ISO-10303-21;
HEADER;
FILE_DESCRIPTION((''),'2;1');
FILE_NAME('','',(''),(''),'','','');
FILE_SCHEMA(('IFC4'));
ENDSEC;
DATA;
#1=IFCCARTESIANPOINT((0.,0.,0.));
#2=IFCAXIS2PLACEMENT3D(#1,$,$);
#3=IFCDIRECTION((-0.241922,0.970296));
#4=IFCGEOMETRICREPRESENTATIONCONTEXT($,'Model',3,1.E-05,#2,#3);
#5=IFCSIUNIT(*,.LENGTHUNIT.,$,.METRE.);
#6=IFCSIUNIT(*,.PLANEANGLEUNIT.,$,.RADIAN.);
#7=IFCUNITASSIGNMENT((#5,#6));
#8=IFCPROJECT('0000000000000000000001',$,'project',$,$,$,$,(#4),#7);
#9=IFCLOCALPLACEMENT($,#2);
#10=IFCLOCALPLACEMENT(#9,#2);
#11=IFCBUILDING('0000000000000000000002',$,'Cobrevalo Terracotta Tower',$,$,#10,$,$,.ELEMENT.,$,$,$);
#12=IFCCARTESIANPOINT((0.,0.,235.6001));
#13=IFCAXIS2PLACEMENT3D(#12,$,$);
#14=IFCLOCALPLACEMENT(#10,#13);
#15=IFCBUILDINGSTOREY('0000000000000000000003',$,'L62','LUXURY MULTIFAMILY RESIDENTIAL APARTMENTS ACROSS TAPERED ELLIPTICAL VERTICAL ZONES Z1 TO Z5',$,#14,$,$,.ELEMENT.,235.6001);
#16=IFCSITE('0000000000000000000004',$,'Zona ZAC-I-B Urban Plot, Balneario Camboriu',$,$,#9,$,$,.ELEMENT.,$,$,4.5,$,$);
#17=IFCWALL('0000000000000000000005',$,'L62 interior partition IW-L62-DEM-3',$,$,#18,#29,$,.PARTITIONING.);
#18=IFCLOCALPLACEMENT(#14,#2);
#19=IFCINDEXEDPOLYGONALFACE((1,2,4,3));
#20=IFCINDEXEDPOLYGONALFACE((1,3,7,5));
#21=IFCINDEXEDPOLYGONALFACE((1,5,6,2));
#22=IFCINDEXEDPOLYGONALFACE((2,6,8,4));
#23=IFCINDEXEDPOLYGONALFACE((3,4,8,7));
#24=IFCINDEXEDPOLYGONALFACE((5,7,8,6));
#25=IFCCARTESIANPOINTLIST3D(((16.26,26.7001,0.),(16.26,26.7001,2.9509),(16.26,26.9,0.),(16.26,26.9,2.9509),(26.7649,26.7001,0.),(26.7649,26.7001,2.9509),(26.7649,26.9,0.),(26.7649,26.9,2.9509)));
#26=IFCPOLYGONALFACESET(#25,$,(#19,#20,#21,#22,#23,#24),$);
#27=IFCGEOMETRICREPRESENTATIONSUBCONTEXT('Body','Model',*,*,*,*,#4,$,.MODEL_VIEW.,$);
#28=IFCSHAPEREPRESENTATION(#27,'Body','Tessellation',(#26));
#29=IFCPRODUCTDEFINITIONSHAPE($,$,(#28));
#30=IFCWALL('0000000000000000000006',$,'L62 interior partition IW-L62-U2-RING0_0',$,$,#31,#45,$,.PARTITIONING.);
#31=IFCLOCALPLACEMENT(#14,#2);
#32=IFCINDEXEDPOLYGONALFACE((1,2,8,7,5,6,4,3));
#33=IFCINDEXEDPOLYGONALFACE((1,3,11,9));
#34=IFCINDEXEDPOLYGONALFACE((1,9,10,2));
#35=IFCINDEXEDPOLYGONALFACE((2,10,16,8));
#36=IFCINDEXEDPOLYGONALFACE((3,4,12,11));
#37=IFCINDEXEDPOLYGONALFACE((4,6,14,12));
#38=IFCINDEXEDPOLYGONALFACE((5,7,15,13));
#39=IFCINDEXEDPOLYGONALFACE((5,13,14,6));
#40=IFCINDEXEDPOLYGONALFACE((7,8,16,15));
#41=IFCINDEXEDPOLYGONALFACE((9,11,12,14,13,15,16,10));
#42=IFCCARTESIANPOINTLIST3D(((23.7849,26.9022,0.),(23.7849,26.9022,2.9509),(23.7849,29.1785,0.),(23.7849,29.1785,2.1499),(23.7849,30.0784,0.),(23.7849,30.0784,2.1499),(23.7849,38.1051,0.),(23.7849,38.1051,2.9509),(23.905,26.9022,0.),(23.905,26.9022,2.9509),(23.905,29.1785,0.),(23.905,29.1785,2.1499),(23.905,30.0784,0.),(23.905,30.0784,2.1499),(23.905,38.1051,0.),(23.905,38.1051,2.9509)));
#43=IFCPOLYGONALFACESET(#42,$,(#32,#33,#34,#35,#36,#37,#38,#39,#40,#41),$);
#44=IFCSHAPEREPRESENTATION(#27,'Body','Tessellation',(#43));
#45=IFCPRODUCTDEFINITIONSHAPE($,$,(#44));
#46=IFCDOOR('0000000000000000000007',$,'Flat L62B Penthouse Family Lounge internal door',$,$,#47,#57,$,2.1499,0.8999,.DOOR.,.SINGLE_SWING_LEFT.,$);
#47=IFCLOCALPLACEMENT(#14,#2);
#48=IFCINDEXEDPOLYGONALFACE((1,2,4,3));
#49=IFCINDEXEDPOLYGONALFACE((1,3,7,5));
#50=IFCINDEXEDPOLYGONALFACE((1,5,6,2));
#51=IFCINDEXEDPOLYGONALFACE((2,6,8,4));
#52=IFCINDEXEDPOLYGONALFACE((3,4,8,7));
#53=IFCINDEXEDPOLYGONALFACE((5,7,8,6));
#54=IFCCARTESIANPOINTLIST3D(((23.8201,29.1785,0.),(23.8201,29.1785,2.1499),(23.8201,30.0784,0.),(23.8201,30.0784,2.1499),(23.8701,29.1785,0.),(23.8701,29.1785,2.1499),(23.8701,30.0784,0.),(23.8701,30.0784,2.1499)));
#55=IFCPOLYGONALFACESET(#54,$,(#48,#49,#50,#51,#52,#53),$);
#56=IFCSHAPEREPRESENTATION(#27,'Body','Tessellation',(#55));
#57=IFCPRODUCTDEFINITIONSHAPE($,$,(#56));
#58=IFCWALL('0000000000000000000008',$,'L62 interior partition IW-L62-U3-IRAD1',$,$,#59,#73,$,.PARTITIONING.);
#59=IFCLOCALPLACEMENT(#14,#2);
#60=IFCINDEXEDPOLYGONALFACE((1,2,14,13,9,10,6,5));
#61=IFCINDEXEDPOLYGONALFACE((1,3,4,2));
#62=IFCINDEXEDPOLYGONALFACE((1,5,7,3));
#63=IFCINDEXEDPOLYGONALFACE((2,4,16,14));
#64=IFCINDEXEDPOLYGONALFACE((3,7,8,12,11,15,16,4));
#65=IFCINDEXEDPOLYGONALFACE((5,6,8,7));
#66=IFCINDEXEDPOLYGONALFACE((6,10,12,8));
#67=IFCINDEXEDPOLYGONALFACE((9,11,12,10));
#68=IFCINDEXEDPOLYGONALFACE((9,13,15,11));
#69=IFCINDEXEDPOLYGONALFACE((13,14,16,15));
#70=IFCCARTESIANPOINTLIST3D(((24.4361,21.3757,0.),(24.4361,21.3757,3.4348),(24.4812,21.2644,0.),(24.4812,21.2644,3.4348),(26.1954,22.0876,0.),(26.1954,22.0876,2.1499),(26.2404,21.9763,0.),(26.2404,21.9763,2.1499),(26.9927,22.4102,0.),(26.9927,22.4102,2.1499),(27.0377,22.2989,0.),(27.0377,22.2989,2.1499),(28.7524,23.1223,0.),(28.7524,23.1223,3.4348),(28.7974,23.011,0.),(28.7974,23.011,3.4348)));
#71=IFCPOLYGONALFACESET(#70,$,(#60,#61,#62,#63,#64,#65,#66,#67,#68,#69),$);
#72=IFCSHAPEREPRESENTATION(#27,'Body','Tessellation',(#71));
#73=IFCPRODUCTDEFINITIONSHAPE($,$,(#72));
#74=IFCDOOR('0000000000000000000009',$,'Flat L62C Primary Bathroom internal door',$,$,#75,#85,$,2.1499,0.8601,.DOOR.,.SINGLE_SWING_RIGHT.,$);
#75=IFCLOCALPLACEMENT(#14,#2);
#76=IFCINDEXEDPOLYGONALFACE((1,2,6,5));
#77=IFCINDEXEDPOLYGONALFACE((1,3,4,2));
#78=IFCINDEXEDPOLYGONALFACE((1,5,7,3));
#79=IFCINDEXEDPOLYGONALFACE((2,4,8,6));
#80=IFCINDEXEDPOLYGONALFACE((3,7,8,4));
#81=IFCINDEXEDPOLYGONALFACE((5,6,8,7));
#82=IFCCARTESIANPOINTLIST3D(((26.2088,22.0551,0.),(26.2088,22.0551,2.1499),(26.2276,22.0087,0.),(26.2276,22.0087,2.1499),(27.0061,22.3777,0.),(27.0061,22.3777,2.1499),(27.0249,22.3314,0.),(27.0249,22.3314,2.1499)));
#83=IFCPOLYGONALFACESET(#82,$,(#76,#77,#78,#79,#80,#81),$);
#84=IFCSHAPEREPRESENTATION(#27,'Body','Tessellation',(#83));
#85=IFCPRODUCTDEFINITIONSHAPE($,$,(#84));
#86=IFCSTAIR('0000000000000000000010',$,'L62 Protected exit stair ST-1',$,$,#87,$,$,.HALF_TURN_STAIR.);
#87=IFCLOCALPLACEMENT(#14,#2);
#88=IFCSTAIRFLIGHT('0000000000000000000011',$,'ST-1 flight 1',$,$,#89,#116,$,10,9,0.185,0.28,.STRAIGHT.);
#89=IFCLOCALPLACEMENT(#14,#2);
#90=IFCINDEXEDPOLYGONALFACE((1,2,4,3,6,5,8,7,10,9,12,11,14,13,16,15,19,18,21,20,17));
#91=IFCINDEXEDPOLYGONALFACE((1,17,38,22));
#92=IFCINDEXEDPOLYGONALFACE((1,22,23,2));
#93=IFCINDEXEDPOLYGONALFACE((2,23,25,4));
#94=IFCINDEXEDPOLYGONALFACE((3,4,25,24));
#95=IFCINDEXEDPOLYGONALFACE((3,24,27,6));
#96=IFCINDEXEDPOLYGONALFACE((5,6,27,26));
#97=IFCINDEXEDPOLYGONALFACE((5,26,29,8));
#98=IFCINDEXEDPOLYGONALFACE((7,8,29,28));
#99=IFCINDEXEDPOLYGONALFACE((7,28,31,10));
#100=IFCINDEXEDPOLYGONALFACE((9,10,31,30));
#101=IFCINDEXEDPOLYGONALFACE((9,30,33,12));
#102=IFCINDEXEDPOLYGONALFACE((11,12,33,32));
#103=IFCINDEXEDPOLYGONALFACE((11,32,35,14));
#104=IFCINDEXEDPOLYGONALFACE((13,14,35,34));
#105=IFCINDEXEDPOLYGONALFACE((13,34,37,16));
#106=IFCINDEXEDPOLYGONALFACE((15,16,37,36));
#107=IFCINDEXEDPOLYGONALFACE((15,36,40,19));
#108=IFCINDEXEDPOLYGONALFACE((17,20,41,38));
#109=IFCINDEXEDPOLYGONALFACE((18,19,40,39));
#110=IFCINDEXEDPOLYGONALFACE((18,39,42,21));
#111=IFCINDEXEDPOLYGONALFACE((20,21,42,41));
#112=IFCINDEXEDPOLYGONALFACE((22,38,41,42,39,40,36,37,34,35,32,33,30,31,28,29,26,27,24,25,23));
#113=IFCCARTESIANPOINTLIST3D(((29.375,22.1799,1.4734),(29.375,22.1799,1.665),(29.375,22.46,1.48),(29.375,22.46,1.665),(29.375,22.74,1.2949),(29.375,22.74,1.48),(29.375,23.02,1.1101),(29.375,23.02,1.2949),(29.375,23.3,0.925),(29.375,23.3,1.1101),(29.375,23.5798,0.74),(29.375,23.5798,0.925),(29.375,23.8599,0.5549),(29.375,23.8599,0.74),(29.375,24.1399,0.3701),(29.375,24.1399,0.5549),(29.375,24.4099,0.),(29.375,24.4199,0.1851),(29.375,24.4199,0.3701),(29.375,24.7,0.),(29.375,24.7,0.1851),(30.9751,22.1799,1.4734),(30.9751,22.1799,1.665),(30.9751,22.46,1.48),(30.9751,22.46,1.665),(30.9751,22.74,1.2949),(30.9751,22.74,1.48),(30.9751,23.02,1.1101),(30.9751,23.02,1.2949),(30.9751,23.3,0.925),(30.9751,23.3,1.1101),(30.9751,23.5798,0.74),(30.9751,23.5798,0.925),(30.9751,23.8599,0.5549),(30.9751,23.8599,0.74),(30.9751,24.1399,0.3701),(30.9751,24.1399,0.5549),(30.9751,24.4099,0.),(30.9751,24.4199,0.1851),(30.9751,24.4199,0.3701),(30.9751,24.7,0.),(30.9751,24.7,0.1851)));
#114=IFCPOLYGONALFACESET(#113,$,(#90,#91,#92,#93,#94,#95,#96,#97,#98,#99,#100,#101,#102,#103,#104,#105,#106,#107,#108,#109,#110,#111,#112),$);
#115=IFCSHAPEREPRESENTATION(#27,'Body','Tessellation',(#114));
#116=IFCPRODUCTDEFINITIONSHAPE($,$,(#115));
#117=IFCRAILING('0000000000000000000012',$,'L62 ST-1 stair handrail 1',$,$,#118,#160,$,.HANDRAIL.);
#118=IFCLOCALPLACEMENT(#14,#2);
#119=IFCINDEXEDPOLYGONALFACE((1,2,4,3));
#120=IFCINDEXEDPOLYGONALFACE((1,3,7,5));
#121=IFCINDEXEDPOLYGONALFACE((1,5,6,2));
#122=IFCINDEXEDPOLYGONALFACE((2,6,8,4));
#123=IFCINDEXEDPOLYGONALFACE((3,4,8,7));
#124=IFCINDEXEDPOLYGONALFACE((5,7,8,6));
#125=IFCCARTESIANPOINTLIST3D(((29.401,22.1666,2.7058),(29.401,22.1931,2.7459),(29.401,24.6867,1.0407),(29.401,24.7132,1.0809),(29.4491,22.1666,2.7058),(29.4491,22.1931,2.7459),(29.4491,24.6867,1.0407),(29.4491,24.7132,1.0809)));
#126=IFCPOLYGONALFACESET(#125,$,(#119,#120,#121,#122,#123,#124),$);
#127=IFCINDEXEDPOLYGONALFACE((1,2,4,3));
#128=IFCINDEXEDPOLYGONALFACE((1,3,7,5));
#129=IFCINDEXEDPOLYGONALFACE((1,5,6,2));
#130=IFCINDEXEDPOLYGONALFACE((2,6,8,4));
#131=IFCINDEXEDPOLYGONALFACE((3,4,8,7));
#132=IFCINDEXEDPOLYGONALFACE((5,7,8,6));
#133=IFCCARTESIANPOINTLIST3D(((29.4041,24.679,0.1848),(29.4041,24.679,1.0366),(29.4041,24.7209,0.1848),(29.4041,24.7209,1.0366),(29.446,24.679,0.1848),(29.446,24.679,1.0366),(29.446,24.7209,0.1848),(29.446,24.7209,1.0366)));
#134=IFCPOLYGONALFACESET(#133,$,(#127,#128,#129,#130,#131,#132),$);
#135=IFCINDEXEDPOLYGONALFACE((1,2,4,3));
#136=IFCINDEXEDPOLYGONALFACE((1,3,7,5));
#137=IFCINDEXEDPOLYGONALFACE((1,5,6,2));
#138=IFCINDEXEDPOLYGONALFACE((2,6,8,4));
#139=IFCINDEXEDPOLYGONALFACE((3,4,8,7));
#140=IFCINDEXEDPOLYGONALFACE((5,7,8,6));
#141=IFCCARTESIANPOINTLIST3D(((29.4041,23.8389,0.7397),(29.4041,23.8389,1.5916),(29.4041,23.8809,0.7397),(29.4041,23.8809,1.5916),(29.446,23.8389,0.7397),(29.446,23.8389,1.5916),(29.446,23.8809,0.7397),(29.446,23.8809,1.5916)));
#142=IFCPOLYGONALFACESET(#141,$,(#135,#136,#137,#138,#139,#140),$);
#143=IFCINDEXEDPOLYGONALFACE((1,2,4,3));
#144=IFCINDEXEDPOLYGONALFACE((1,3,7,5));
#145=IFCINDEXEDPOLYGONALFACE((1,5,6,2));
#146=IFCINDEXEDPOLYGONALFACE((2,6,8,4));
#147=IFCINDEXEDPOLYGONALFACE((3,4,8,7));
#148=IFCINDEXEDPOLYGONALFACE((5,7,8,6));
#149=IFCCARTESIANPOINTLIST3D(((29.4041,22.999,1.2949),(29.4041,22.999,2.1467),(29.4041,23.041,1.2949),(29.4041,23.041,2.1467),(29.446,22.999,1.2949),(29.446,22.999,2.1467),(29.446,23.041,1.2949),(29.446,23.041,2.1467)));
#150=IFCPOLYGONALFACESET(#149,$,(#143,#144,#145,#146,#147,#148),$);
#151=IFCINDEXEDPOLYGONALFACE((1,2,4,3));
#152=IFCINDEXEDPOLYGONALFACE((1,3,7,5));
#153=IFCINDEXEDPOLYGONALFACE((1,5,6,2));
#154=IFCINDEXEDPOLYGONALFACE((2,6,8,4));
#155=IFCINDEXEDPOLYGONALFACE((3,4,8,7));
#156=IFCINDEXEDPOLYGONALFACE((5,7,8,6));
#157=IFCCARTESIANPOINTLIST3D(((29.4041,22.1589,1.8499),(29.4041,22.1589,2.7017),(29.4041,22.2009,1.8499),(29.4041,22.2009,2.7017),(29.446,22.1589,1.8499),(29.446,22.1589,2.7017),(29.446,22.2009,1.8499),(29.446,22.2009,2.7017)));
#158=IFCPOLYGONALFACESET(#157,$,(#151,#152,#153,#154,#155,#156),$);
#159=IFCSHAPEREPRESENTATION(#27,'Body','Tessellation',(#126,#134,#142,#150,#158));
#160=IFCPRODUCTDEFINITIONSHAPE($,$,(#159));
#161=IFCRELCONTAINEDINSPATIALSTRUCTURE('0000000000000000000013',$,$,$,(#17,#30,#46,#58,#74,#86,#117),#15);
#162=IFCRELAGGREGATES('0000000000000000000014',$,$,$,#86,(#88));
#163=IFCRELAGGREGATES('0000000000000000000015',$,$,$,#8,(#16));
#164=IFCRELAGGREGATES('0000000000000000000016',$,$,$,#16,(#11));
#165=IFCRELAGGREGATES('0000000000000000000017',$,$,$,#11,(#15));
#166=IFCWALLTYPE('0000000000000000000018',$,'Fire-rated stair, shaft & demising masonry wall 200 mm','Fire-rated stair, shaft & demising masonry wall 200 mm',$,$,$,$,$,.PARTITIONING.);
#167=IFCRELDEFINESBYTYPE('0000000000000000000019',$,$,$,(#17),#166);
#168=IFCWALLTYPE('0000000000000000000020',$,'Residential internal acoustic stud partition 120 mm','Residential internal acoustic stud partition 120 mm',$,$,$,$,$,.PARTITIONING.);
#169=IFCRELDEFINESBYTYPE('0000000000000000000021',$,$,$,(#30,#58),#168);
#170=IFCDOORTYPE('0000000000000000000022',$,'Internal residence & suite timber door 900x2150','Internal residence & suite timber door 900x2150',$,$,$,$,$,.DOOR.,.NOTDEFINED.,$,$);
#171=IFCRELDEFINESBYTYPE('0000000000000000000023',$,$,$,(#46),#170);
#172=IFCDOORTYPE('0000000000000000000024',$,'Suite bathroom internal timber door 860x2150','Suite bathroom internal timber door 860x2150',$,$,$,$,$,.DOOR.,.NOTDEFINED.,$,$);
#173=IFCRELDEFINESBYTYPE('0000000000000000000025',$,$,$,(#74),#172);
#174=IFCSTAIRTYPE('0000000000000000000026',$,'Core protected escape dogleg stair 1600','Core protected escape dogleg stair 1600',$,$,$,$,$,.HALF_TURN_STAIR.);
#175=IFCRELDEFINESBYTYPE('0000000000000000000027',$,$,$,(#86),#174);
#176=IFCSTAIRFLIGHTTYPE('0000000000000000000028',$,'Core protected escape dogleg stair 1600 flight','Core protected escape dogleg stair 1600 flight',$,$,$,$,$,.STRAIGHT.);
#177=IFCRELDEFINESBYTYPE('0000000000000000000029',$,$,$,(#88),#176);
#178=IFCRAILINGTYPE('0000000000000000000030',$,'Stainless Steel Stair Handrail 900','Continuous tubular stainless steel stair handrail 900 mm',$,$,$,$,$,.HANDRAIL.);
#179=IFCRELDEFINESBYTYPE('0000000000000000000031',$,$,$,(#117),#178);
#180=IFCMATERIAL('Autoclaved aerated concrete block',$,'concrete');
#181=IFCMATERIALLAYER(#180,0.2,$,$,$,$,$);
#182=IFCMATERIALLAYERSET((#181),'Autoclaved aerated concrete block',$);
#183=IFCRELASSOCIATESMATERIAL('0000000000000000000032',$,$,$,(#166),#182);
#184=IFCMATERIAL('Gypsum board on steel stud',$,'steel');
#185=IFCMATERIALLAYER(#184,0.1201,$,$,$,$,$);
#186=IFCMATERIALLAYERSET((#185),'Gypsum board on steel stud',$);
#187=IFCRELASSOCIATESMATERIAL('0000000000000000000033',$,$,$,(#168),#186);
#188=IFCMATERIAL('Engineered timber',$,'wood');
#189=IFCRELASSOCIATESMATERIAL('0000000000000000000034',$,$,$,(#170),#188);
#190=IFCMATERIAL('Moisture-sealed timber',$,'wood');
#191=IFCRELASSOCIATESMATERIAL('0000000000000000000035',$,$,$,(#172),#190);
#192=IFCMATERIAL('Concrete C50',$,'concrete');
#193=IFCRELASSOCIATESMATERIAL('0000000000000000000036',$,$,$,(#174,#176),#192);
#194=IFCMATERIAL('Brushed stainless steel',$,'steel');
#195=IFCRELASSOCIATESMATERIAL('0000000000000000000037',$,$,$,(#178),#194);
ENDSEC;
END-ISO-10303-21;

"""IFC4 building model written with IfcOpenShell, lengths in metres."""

from ifc_helpers import new_model, si_unit, direction, frame, frame_2d, origin, origin_2d, place, context, subcontext, project, spatial, polyline, rectangle, outline, extrude, source, transform, mapped, material, layer, layer_set, type_object, element, fill, aggregate, save


model = new_model("IFC4")

# Units and contexts
model_context = context("Model", 3, precision=1e-05, world=origin(), true_north=direction((-0.241922, 0.970296)))
body_context = subcontext(model_context, "Body", "Model", "MODEL_VIEW")
ifc_project = project(units=[si_unit("LENGTHUNIT", "METRE"), si_unit("PLANEANGLEUNIT", "RADIAN")], contexts=[model_context])

# Site, building, storey
site_placement = place(None, origin())
site = spatial("IfcSite", under=ifc_project, at=site_placement, Name="Zona ZAC-I-B Urban Plot, Balneario Camboriu", CompositionType="ELEMENT", RefElevation=4.5)
building_placement = place(site_placement, origin())
building = spatial("IfcBuilding", under=site, at=building_placement, Name="Cobrevalo Terracotta Tower", CompositionType="ELEMENT")
storey_placement = place(building_placement, frame((0.0, 0.0, 235.6001)))
storey = spatial("IfcBuildingStorey", under=building, at=storey_placement, Name="L62", Description="LUXURY MULTIFAMILY RESIDENTIAL APARTMENTS ACROSS TAPERED ELLIPTICAL VERTICAL ZONES Z1 TO Z5", CompositionType="ELEMENT", Elevation=235.6001)

# Shared definitions
ifc_material_1 = material(Name="Gypsum board on steel stud", Category="steel")

# Shared definitions
ifc_material_2 = material(Name="Brushed stainless steel", Category="steel")

# Wall
ifc_material_3 = material(Name="Autoclaved aerated concrete block", Category="concrete")
ifc_layer_1 = layer(ifc_material_3, 0.2)
ifc_layer_set_1 = layer_set([ifc_layer_1], Name="Autoclaved aerated concrete block")
wall_type_1 = type_object("IfcWallType", Name="Fire-rated stair, shaft & demising masonry wall 200 mm", Description="Fire-rated stair, shaft & demising masonry wall 200 mm", PredefinedType="PARTITIONING", material=ifc_layer_set_1)
wall_1_placement = place(storey_placement, frame((26.7649, 26.8, 0.0), z_axis=(0.0, 0.0, 1.0), x_axis=(-1.0, 0.0, 0.0)))
element("IfcWall", 1, at=wall_1_placement, inside=storey, type_object=wall_type_1, Name="L62 interior partition IW-L62-DEM-3", PredefinedType="PARTITIONING", context=body_context, shape_type="SweptSolid", body=[
    extrude(rectangle(XDim=10.5049, YDim=0.2, at=frame_2d((5.2524, 0.0))), origin(), (0.0, 0.0, 1.0), 2.9509),
])

# Walls, openings, doors
ifc_layer_2 = layer(ifc_material_1, 0.1201)
ifc_layer_set_2 = layer_set([ifc_layer_2], Name="Gypsum board on steel stud")
wall_type_2 = type_object("IfcWallType", Name="Residential internal acoustic stud partition 120 mm", Description="Residential internal acoustic stud partition 120 mm", PredefinedType="PARTITIONING", material=ifc_layer_set_2)
wall_2_placement = place(storey_placement, frame((23.845, 26.9021, 0.0), z_axis=(0.0, 0.0, 1.0), x_axis=(0.0, 1.0, 0.0)))
wall_2 = element("IfcWall", 2, at=wall_2_placement, inside=storey, type_object=wall_type_2, Name="L62 interior partition IW-L62-U2-RING0_0", PredefinedType="PARTITIONING", context=body_context, shape_type="SweptSolid", body=[
    extrude(rectangle(XDim=11.2029, YDim=0.1201, at=frame_2d((5.6016, 0.0))), origin(), (0.0, 0.0, 1.0), 2.9509),
])
opening_1_placement = place(wall_2_placement, frame((2.2764, 0.0, 0.0)))
opening_1 = element("IfcOpeningElement", 3, at=opening_1_placement, cuts=wall_2, PredefinedType="OPENING", context=body_context, shape_type="SweptSolid", body=[
    extrude(rectangle(XDim=0.8999, YDim=2.1499, at=frame_2d((0.45, 1.075))), frame((0.0, 0.0701, 0.0), z_axis=(0.0, -1.0, 0.0), x_axis=(1.0, 0.0, 0.0)), (0.0, 0.0, 1.0), 0.1401),
])
ifc_material_4 = material(Name="Engineered timber", Category="wood")
door_type_1 = type_object("IfcDoorType", Name="Internal residence & suite timber door 900x2150", Description="Internal residence & suite timber door 900x2150", OperationType="NOTDEFINED", PredefinedType="DOOR", material=ifc_material_4)
shared_shape_1 = source(origin(), body_context, "Body", "SweptSolid", [
    extrude(rectangle(XDim=0.8999, YDim=2.1499, at=frame_2d((0.45, 1.075))), frame((0.0, 0.0249, 0.0), z_axis=(0.0, -1.0, 0.0), x_axis=(1.0, 0.0, 0.0)), (0.0, 0.0, 1.0), 0.05),
])
door_1_placement = place(opening_1_placement, origin())
door_1 = element("IfcDoor", 4, at=door_1_placement, inside=storey, type_object=door_type_1, Name="Flat L62B Penthouse Family Lounge internal door", OperationType="SINGLE_SWING_LEFT", OverallHeight=2.1499, OverallWidth=0.8999, PredefinedType="DOOR", context=body_context, shape_type="MappedRepresentation", body=[
    mapped(shared_shape_1, transform((0.0, 0.0, 0.0), scale=1.0)),
])
fill(opening_1, door_1)
wall_3_placement = place(storey_placement, frame((28.7749, 23.0667, 0.0), z_axis=(0.0, 0.0, 1.0), x_axis=(-0.926979, -0.375112, 0.0)))
wall_3 = element("IfcWall", 5, at=wall_3_placement, inside=storey, type_object=wall_type_2, Name="L62 interior partition IW-L62-U3-IRAD1", PredefinedType="PARTITIONING", context=body_context, shape_type="SweptSolid", body=[
    extrude(rectangle(XDim=4.6562, YDim=0.1201, at=frame_2d((2.3281, 0.0))), origin(), (0.0, 0.0, 1.0), 3.4348),
])
opening_2_placement = place(wall_3_placement, frame((1.8982, 0.0, 0.0)))
opening_2 = element("IfcOpeningElement", 6, at=opening_2_placement, cuts=wall_3, PredefinedType="OPENING", context=body_context, shape_type="SweptSolid", body=[
    extrude(rectangle(XDim=0.8601, YDim=2.1499, at=frame_2d((0.4302, 1.075))), frame((0.0, 0.0701, 0.0), z_axis=(0.0, -1.0, 0.0), x_axis=(1.0, 0.0, 0.0)), (0.0, 0.0, 1.0), 0.1401),
])
ifc_material_5 = material(Name="Moisture-sealed timber", Category="wood")
door_type_2 = type_object("IfcDoorType", Name="Suite bathroom internal timber door 860x2150", Description="Suite bathroom internal timber door 860x2150", OperationType="NOTDEFINED", PredefinedType="DOOR", material=ifc_material_5)
shared_shape_2 = source(origin(), body_context, "Body", "SweptSolid", [
    extrude(rectangle(XDim=0.8601, YDim=2.1499, at=frame_2d((0.4302, 1.075))), frame((0.0, 0.0249, 0.0), z_axis=(0.0, -1.0, 0.0), x_axis=(1.0, 0.0, 0.0)), (0.0, 0.0, 1.0), 0.05),
])
door_2_placement = place(opening_2_placement, frame((0.8601, 0.0, 0.0), z_axis=(0.0, 0.0, 1.0), x_axis=(-1.0, 0.0, 0.0)))
door_2 = element("IfcDoor", 7, at=door_2_placement, inside=storey, type_object=door_type_2, Name="Flat L62C Primary Bathroom internal door", OperationType="SINGLE_SWING_RIGHT", OverallHeight=2.1499, OverallWidth=0.8601, PredefinedType="DOOR", context=body_context, shape_type="MappedRepresentation", body=[
    mapped(shared_shape_2, transform((0.0, 0.0, 0.0), scale=1.0)),
])
fill(opening_2, door_2)
ifc_material_6 = material(Name="Concrete C50", Category="concrete")

# Stair, stair flight
stair_type = type_object("IfcStairType", Name="Core protected escape dogleg stair 1600", Description="Core protected escape dogleg stair 1600", PredefinedType="HALF_TURN_STAIR", material=ifc_material_6)
stair_placement = place(storey_placement, origin())
stair = element("IfcStair", 8, at=stair_placement, inside=storey, type_object=stair_type, Name="L62 Protected exit stair ST-1", PredefinedType="HALF_TURN_STAIR")
stair_flight_type = type_object("IfcStairFlightType", Name="Core protected escape dogleg stair 1600 flight", Description="Core protected escape dogleg stair 1600 flight", PredefinedType="STRAIGHT", material=ifc_material_6)
stair_flight_placement = place(storey_placement, frame((30.175, 24.7, 0.0), z_axis=(0.0, 0.0, 1.0), x_axis=(0.0, -1.0, 0.0)))
stair_flight = element("IfcStairFlight", 9, at=stair_flight_placement, type_object=stair_flight_type, Name="ST-1 flight 1", NumberOfRisers=10, NumberOfTreads=9, PredefinedType="STRAIGHT", RiserHeight=0.185, TreadLength=0.28, context=body_context, shape_type="SweptSolid", body=[
    extrude(outline(polyline([(0.0, 0.0), (0.0, 0.1851), (0.28, 0.1851), (0.28, 0.3701), (0.5601, 0.3701), (0.5601, 0.5549), (0.8401, 0.5549), (0.8401, 0.74), (1.1201, 0.74), (1.1201, 0.925), (1.3999, 0.925), (1.3999, 1.1101), (1.6799, 1.1101), (1.6799, 1.2949), (1.96, 1.2949), (1.96, 1.48), (2.24, 1.48), (2.24, 1.665), (2.52, 1.665), (2.52, 1.8501), (2.52, 1.4734), (0.29, 0.0), (0.0, 0.0)])), frame((0.0, 0.8, 0.0), z_axis=(0.0, -1.0, 0.0), x_axis=(1.0, 0.0, 0.0)), (0.0, 0.0, 1.0), 1.6001),
])
aggregate(stair, [stair_flight])

# Railing
railing_type_1 = type_object("IfcRailingType", Name="Stainless Steel Stair Handrail 900", Description="Continuous tubular stainless steel stair handrail 900 mm", PredefinedType="HANDRAIL", material=ifc_material_2)
railing_1_placement = place(storey_placement, frame((29.425, 24.7, 0.1848)))
element("IfcRailing", 10, at=railing_1_placement, inside=storey, type_object=railing_type_1, Name="L62 ST-1 stair handrail 1", PredefinedType="HANDRAIL", context=body_context, shape_type="SweptSolid", body=[
    extrude(rectangle(XDim=0.0481, YDim=0.0481, at=origin_2d()), frame((0.0, 0.0, 0.876), z_axis=(0.0, -0.834331, 0.551263), x_axis=(1.0, 0.0, 0.0)), (0.0, 0.0, 1.0), 3.0205),
    extrude(rectangle(XDim=0.042, YDim=0.042, at=origin_2d()), origin(), (0.0, 0.0, 1.0), 0.8518),
    extrude(rectangle(XDim=0.042, YDim=0.042, at=origin_2d()), frame((0.0, -0.8401, 0.5549)), (0.0, 0.0, 1.0), 0.8518),
    extrude(rectangle(XDim=0.042, YDim=0.042, at=origin_2d()), frame((0.0, -1.6799, 1.1101)), (0.0, 0.0, 1.0), 0.8518),
    extrude(rectangle(XDim=0.042, YDim=0.042, at=origin_2d()), frame((0.0, -2.52, 1.665)), (0.0, 0.0, 1.0), 0.8518),
])

save(model, "model.ifc")
